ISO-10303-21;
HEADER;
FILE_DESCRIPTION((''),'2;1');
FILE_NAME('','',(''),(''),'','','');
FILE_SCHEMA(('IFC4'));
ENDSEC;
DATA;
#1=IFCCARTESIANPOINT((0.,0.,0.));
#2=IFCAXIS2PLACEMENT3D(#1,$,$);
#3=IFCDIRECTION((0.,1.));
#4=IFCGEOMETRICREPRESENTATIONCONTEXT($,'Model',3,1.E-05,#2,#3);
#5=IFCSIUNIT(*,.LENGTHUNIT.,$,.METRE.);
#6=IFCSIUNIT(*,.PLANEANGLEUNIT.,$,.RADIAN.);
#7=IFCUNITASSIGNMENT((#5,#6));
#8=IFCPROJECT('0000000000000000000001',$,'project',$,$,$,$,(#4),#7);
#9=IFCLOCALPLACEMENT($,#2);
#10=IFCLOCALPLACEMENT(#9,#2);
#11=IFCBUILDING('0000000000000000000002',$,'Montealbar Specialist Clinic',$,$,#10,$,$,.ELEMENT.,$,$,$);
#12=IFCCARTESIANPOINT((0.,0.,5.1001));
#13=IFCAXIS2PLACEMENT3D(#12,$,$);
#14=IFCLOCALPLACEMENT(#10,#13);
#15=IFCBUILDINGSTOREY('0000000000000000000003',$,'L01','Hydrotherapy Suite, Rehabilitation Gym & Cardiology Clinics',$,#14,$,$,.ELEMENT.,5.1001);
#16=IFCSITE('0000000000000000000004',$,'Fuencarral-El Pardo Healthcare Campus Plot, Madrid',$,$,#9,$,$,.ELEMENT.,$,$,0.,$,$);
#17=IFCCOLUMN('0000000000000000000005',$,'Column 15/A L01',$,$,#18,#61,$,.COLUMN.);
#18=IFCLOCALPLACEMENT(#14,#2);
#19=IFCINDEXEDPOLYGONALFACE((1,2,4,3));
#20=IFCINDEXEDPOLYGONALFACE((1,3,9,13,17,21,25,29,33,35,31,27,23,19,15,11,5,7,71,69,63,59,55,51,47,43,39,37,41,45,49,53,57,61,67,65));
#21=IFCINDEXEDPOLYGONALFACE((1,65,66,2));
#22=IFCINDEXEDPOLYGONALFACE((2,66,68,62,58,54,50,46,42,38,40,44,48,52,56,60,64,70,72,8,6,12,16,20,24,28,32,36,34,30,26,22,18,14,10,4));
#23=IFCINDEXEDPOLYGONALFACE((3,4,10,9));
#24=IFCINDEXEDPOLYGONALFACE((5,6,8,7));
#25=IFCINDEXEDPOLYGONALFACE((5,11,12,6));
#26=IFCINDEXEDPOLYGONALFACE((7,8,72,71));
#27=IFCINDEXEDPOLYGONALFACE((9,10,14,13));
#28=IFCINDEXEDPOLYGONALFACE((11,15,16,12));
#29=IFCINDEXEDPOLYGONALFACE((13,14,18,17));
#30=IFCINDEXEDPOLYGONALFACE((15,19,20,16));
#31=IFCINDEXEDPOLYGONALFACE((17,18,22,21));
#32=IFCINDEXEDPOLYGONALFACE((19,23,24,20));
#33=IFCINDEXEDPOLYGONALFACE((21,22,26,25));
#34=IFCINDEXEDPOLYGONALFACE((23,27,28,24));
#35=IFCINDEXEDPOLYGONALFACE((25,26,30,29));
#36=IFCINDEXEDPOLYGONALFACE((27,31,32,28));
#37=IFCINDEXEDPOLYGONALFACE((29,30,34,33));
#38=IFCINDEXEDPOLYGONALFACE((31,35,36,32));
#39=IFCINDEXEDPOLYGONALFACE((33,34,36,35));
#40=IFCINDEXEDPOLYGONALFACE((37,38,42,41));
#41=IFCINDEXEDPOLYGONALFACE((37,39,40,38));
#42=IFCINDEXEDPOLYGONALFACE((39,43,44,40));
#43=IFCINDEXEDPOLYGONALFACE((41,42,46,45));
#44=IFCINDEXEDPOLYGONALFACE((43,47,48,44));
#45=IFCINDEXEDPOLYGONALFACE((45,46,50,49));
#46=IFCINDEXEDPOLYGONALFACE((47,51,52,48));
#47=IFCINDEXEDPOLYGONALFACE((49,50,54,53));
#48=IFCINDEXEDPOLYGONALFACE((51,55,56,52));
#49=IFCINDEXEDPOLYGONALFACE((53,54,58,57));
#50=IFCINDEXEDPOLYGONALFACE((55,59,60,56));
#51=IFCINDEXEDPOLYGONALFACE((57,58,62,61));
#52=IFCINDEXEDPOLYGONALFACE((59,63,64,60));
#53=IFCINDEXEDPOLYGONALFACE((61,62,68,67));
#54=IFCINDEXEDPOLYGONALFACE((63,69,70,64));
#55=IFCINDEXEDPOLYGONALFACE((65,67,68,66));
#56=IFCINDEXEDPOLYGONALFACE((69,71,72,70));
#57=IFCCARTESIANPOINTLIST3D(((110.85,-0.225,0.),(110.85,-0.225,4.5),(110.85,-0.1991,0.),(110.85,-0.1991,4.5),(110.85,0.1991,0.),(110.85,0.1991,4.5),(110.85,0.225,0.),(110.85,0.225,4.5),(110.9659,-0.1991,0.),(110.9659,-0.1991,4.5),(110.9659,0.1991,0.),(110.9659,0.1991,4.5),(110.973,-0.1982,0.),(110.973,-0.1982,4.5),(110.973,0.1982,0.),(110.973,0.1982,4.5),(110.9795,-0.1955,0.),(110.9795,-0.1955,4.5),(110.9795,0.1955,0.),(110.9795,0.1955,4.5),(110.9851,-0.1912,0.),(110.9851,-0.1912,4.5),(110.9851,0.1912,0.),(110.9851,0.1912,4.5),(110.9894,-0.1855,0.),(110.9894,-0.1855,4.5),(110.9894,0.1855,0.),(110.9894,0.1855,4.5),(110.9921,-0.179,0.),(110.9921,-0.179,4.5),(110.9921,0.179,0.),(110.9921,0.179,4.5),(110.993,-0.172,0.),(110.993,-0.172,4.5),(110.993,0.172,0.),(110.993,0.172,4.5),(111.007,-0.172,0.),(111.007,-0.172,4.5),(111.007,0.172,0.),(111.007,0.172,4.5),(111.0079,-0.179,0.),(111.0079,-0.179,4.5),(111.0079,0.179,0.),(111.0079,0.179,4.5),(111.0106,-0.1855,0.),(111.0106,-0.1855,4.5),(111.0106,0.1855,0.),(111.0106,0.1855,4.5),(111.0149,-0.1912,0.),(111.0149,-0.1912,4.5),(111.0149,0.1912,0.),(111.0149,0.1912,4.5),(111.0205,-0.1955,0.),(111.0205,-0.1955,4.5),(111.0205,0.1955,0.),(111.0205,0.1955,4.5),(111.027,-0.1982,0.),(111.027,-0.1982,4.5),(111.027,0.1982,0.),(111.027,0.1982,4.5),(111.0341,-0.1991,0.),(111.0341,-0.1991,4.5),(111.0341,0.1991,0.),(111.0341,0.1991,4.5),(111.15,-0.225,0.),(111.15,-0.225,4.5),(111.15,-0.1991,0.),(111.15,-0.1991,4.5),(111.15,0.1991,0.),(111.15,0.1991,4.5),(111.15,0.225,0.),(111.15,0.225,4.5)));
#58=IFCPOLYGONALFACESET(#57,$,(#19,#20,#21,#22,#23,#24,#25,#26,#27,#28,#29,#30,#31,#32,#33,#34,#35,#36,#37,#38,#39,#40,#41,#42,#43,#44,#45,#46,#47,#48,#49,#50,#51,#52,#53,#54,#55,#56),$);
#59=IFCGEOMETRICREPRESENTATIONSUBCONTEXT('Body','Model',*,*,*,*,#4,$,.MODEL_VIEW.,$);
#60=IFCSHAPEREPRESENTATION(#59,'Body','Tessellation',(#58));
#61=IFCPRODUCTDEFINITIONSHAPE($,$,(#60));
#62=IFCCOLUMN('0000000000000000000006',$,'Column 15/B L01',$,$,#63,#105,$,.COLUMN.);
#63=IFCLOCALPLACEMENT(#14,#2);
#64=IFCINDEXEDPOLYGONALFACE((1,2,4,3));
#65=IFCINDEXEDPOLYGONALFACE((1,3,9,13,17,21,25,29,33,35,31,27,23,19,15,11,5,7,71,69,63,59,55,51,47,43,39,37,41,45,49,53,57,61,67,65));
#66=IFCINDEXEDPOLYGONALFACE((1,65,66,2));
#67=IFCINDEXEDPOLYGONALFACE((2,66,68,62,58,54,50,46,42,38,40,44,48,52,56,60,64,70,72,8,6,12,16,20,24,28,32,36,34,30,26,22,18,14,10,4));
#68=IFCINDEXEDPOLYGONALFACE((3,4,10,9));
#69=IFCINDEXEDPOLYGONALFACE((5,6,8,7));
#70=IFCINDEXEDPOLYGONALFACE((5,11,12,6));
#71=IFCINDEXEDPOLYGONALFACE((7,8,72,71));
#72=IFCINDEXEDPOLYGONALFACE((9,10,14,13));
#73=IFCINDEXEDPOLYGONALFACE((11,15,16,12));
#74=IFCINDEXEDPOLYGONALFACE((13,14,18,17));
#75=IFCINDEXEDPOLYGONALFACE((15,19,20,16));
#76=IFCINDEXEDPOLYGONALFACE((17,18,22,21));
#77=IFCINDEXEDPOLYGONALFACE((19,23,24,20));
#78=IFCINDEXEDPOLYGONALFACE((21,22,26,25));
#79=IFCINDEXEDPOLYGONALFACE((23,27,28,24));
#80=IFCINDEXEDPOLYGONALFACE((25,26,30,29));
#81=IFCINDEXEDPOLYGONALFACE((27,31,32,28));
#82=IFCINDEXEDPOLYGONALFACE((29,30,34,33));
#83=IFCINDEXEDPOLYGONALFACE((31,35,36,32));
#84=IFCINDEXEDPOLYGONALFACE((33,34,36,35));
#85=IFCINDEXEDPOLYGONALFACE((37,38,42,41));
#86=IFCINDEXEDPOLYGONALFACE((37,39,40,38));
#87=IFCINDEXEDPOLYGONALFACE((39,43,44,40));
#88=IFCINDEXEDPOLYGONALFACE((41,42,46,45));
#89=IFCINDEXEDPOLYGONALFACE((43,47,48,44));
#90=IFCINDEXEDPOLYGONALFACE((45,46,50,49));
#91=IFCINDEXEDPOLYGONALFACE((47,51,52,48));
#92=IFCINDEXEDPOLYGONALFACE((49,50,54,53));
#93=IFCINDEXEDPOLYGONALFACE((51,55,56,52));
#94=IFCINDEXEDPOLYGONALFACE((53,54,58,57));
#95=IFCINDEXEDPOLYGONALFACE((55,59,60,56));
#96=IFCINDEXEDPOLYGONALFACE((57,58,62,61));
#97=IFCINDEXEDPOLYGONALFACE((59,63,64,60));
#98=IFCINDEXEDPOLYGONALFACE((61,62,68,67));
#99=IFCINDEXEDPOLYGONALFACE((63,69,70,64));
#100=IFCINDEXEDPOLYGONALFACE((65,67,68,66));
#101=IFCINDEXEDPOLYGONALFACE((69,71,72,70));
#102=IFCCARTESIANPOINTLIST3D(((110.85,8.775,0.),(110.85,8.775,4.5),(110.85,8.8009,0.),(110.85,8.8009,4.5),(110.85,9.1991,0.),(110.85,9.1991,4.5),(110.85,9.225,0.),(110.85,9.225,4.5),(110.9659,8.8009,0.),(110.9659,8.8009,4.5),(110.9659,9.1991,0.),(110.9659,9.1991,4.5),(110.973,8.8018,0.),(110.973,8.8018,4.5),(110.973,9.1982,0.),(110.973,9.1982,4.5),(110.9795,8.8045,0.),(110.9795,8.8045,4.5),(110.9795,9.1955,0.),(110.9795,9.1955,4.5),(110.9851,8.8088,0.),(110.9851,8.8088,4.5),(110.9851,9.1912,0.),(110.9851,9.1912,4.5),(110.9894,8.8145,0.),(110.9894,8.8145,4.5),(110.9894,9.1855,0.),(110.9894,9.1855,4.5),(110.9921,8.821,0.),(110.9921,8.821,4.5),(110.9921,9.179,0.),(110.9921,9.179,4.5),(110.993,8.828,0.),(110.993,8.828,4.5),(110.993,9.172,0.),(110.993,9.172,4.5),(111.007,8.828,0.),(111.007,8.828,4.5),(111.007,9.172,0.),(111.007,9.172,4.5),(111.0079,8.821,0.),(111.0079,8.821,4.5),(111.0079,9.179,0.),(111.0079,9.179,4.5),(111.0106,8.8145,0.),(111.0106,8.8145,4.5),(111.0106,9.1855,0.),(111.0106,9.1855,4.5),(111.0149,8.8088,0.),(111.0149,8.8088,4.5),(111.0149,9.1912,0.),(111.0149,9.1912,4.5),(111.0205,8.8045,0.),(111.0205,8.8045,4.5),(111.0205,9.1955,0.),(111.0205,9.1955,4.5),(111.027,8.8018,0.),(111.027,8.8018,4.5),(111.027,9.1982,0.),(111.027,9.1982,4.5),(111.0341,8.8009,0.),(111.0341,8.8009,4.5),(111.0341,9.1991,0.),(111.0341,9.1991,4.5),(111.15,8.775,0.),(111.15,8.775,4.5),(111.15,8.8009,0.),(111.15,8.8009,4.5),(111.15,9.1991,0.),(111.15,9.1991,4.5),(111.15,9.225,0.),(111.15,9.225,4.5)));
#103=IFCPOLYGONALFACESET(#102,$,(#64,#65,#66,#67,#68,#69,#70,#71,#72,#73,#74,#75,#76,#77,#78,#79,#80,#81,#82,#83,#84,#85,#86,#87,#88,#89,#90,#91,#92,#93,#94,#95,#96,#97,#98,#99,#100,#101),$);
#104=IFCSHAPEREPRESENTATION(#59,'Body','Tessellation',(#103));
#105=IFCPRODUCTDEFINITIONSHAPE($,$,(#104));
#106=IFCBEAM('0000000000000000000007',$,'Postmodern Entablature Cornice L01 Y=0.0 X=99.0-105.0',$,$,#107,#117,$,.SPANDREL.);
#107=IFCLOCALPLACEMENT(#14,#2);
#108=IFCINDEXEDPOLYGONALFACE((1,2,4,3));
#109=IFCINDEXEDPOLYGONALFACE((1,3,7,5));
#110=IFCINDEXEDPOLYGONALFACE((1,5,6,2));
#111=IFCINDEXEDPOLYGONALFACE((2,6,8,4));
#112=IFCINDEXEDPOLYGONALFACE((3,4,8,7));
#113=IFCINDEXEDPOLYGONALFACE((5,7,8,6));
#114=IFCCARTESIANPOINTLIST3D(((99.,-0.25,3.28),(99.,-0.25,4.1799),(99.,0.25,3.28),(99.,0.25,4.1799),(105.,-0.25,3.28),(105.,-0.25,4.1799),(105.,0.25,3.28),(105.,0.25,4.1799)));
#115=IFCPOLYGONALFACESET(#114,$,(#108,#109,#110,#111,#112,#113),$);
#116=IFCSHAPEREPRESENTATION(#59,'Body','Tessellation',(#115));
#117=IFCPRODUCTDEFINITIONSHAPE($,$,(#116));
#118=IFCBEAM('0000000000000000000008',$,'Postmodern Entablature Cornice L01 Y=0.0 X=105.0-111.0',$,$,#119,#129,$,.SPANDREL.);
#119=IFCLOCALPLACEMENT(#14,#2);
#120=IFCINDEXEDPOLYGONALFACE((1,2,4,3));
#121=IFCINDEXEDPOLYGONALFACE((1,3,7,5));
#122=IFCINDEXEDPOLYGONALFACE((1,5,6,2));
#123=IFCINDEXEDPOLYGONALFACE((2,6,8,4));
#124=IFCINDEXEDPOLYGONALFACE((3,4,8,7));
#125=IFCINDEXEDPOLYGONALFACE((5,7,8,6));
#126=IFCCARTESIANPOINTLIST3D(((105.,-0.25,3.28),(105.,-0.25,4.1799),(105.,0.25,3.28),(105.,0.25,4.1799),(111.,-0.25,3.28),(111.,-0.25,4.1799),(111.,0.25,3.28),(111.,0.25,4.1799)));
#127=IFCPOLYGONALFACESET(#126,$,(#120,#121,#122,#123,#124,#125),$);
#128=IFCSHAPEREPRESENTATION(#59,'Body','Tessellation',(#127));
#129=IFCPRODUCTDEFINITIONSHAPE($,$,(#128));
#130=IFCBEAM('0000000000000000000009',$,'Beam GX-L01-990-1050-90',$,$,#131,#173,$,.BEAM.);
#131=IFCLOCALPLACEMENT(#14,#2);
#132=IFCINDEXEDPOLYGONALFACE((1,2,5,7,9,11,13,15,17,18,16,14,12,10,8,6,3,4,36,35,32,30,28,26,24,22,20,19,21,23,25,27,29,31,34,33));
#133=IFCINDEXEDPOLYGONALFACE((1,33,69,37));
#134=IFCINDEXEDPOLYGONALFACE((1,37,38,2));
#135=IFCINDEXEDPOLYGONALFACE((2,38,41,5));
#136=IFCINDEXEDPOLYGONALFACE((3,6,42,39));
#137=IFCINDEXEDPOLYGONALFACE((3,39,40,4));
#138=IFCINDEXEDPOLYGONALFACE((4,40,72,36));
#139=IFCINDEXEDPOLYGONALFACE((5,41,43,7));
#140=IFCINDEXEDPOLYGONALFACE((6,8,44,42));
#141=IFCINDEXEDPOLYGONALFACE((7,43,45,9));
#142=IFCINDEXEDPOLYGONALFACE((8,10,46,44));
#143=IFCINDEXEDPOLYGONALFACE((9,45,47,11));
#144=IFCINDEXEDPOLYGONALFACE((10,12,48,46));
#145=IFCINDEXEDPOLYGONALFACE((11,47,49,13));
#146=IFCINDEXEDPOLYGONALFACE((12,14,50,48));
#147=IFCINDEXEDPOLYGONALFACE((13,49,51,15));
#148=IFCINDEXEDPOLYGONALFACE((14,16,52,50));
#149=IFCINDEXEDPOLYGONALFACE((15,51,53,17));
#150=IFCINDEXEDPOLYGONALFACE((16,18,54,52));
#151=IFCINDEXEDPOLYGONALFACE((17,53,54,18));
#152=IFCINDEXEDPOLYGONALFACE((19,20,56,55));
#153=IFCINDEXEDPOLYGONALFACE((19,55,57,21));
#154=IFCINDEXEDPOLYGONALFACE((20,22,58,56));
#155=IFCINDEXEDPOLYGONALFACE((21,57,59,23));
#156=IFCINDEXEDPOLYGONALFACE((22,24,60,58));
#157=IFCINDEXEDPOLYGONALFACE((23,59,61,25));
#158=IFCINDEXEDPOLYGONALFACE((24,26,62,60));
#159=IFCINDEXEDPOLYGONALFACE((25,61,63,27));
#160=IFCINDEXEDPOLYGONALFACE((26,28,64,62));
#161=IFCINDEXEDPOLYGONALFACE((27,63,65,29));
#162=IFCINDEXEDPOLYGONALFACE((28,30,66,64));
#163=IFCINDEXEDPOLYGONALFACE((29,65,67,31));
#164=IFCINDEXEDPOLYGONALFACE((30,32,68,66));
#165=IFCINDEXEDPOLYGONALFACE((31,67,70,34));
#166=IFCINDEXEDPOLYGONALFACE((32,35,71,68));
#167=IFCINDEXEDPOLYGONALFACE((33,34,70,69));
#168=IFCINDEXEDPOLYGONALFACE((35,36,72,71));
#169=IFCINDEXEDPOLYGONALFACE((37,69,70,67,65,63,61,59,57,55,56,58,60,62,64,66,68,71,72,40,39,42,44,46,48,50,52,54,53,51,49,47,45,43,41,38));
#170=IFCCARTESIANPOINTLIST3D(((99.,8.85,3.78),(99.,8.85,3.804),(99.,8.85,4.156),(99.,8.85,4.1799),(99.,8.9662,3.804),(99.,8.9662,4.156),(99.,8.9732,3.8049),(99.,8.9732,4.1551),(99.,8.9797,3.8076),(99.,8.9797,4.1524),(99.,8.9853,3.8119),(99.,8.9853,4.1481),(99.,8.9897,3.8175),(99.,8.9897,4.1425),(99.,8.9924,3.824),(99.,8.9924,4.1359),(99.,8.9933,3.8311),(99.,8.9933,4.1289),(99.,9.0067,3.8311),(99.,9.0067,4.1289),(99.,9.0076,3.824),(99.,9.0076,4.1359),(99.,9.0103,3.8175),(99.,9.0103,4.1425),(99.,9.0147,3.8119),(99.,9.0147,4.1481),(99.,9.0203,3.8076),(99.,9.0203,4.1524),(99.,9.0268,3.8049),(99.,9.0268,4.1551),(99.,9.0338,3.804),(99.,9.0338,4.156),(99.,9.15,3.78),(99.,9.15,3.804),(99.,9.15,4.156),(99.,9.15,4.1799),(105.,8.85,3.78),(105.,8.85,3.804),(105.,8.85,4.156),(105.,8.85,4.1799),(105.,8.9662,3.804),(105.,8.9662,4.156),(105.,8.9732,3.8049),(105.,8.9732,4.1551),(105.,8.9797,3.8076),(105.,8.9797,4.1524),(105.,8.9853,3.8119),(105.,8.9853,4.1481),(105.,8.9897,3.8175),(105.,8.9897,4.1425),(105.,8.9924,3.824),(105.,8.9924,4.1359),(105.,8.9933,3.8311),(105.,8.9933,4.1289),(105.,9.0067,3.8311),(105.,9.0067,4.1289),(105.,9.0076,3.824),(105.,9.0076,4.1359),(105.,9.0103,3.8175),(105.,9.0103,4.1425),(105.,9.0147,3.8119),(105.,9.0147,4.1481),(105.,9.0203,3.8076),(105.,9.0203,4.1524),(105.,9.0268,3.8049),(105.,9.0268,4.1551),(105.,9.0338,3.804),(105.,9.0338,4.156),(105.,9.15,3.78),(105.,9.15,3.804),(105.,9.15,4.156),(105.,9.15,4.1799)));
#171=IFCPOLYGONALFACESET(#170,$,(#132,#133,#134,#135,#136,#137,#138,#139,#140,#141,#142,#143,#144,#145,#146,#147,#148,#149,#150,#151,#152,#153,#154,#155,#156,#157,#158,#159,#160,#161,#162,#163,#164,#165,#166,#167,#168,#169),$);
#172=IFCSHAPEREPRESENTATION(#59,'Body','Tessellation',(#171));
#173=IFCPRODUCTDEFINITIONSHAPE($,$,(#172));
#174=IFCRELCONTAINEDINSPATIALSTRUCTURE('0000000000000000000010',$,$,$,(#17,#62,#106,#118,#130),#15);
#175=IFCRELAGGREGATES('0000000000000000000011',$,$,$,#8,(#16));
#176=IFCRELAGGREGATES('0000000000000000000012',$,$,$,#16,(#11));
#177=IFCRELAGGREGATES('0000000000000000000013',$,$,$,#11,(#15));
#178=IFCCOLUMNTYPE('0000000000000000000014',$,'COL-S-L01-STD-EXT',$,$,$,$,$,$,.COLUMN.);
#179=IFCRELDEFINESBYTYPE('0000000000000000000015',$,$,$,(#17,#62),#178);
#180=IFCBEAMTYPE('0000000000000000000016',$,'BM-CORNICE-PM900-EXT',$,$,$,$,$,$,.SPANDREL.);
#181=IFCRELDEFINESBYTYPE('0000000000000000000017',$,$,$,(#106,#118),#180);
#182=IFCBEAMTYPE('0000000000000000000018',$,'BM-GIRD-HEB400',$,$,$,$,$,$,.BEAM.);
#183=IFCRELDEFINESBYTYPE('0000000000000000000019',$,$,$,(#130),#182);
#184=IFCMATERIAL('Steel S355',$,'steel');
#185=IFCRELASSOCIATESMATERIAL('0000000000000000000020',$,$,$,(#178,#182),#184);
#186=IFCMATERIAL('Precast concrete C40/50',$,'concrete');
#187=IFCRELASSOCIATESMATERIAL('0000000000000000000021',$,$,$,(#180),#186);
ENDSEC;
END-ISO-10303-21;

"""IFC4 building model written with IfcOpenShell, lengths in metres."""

from ifc_helpers import new_model, si_unit, direction, frame, origin, origin_2d, place, context, subcontext, project, spatial, rectangle, i_section, extrude, material, material_profile, profile_set, type_object, element, save


model = new_model("IFC4")

# Units and contexts
model_context = context("Model", 3, precision=1e-05, world=origin(), true_north=direction((0.0, 1.0)))
body_context = subcontext(model_context, "Body", "Model", "MODEL_VIEW")
ifc_project = project(units=[si_unit("LENGTHUNIT", "METRE"), si_unit("PLANEANGLEUNIT", "RADIAN")], contexts=[model_context])

# Site, building, storey
site_placement = place(None, origin())
site = spatial("IfcSite", under=ifc_project, at=site_placement, Name="Fuencarral-El Pardo Healthcare Campus Plot, Madrid", CompositionType="ELEMENT", RefElevation=0.0)
building_placement = place(site_placement, origin())
building = spatial("IfcBuilding", under=site, at=building_placement, Name="Montealbar Specialist Clinic", CompositionType="ELEMENT")
storey_placement = place(building_placement, frame((0.0, 0.0, 5.1001)))
storey = spatial("IfcBuildingStorey", under=building, at=storey_placement, Name="L01", Description="Hydrotherapy Suite, Rehabilitation Gym & Cardiology Clinics", CompositionType="ELEMENT", Elevation=5.1001)

# Columns
ifc_material_1 = material(Name="Steel S355", Category="steel")
ifc_material_profile_1 = material_profile(ifc_material_1, i_section(OverallWidth=0.3, OverallDepth=0.45, WebThickness=0.0139, FlangeThickness=0.0259, FilletRadius=0.0271, at=origin_2d()), Name="HEB 450", Category="steel")
ifc_profile_set_1 = profile_set([ifc_material_profile_1], Name="Steel S355")
column_type_1 = type_object("IfcColumnType", Name="COL-S-L01-STD-EXT", PredefinedType="COLUMN", material=ifc_profile_set_1)
for number, where, z_axis, x_axis, name in (
    (1, (111.0, 0.0, 0.0), (0.0, 0.0, 1.0), (1.0, 0.0, 0.0), "Column 15/A L01"),
    (2, (111.0, 9.0, 0.0), (0.0, 0.0, 1.0), (1.0, 0.0, 0.0), "Column 15/B L01"),
):
    element("IfcColumn", number, at=place(storey_placement, frame(where, z_axis=z_axis, x_axis=x_axis)), inside=storey, type_object=column_type_1, Name=name, PredefinedType="COLUMN", context=body_context, shape_type="SweptSolid", body=[
        extrude(i_section(OverallWidth=0.3, OverallDepth=0.45, WebThickness=0.0139, FlangeThickness=0.0259, FilletRadius=0.0271, at=origin_2d()), origin(), (0.0, 0.0, 1.0), 4.5),
    ])

# Beams
ifc_material_2 = material(Name="Precast concrete C40/50", Category="concrete")
ifc_material_profile_2 = material_profile(ifc_material_2, rectangle(XDim=0.5, YDim=0.8999, at=origin_2d()), Name="PRECAST CORNICE 500x900", Category="concrete")
ifc_profile_set_2 = profile_set([ifc_material_profile_2], Name="Precast concrete C40/50")
beam_type_1 = type_object("IfcBeamType", Name="BM-CORNICE-PM900-EXT", PredefinedType="SPANDREL", material=ifc_profile_set_2)
for number, where, z_axis, x_axis, name in (
    (3, (99.0, 0.0, 3.73), (1.0, 0.0, 0.0), (0.0, 1.0, 0.0), "Postmodern Entablature Cornice L01 Y=0.0 X=99.0-105.0"),
    (4, (105.0, 0.0, 3.73), (1.0, 0.0, 0.0), (0.0, 1.0, 0.0), "Postmodern Entablature Cornice L01 Y=0.0 X=105.0-111.0"),
):
    element("IfcBeam", number, at=place(storey_placement, frame(where, z_axis=z_axis, x_axis=x_axis)), inside=storey, type_object=beam_type_1, Name=name, PredefinedType="SPANDREL", context=body_context, shape_type="SweptSolid", body=[
        extrude(rectangle(XDim=0.5, YDim=0.8999, at=origin_2d()), origin(), (0.0, 0.0, 1.0), 6.0),
    ])
ifc_material_profile_3 = material_profile(ifc_material_1, i_section(OverallWidth=0.3, OverallDepth=0.3999, WebThickness=0.0134, FlangeThickness=0.0239, FilletRadius=0.0271, at=origin_2d()), Name="HEB 400", Category="steel")
ifc_profile_set_3 = profile_set([ifc_material_profile_3], Name="Steel S355")
beam_type_2 = type_object("IfcBeamType", Name="BM-GIRD-HEB400", PredefinedType="BEAM", material=ifc_profile_set_3)
for number, where, z_axis, x_axis, name in (
    (5, (99.0, 9.0, 3.98), (1.0, 0.0, 0.0), (0.0, 1.0, 0.0), "Beam GX-L01-990-1050-90"),
):
    element("IfcBeam", number, at=place(storey_placement, frame(where, z_axis=z_axis, x_axis=x_axis)), inside=storey, type_object=beam_type_2, Name=name, PredefinedType="BEAM", context=body_context, shape_type="SweptSolid", body=[
        extrude(i_section(OverallWidth=0.3, OverallDepth=0.3999, WebThickness=0.0134, FlangeThickness=0.0239, FilletRadius=0.0271, at=origin_2d()), origin(), (0.0, 0.0, 1.0), 6.0),
    ])

save(model, "model.ifc")
